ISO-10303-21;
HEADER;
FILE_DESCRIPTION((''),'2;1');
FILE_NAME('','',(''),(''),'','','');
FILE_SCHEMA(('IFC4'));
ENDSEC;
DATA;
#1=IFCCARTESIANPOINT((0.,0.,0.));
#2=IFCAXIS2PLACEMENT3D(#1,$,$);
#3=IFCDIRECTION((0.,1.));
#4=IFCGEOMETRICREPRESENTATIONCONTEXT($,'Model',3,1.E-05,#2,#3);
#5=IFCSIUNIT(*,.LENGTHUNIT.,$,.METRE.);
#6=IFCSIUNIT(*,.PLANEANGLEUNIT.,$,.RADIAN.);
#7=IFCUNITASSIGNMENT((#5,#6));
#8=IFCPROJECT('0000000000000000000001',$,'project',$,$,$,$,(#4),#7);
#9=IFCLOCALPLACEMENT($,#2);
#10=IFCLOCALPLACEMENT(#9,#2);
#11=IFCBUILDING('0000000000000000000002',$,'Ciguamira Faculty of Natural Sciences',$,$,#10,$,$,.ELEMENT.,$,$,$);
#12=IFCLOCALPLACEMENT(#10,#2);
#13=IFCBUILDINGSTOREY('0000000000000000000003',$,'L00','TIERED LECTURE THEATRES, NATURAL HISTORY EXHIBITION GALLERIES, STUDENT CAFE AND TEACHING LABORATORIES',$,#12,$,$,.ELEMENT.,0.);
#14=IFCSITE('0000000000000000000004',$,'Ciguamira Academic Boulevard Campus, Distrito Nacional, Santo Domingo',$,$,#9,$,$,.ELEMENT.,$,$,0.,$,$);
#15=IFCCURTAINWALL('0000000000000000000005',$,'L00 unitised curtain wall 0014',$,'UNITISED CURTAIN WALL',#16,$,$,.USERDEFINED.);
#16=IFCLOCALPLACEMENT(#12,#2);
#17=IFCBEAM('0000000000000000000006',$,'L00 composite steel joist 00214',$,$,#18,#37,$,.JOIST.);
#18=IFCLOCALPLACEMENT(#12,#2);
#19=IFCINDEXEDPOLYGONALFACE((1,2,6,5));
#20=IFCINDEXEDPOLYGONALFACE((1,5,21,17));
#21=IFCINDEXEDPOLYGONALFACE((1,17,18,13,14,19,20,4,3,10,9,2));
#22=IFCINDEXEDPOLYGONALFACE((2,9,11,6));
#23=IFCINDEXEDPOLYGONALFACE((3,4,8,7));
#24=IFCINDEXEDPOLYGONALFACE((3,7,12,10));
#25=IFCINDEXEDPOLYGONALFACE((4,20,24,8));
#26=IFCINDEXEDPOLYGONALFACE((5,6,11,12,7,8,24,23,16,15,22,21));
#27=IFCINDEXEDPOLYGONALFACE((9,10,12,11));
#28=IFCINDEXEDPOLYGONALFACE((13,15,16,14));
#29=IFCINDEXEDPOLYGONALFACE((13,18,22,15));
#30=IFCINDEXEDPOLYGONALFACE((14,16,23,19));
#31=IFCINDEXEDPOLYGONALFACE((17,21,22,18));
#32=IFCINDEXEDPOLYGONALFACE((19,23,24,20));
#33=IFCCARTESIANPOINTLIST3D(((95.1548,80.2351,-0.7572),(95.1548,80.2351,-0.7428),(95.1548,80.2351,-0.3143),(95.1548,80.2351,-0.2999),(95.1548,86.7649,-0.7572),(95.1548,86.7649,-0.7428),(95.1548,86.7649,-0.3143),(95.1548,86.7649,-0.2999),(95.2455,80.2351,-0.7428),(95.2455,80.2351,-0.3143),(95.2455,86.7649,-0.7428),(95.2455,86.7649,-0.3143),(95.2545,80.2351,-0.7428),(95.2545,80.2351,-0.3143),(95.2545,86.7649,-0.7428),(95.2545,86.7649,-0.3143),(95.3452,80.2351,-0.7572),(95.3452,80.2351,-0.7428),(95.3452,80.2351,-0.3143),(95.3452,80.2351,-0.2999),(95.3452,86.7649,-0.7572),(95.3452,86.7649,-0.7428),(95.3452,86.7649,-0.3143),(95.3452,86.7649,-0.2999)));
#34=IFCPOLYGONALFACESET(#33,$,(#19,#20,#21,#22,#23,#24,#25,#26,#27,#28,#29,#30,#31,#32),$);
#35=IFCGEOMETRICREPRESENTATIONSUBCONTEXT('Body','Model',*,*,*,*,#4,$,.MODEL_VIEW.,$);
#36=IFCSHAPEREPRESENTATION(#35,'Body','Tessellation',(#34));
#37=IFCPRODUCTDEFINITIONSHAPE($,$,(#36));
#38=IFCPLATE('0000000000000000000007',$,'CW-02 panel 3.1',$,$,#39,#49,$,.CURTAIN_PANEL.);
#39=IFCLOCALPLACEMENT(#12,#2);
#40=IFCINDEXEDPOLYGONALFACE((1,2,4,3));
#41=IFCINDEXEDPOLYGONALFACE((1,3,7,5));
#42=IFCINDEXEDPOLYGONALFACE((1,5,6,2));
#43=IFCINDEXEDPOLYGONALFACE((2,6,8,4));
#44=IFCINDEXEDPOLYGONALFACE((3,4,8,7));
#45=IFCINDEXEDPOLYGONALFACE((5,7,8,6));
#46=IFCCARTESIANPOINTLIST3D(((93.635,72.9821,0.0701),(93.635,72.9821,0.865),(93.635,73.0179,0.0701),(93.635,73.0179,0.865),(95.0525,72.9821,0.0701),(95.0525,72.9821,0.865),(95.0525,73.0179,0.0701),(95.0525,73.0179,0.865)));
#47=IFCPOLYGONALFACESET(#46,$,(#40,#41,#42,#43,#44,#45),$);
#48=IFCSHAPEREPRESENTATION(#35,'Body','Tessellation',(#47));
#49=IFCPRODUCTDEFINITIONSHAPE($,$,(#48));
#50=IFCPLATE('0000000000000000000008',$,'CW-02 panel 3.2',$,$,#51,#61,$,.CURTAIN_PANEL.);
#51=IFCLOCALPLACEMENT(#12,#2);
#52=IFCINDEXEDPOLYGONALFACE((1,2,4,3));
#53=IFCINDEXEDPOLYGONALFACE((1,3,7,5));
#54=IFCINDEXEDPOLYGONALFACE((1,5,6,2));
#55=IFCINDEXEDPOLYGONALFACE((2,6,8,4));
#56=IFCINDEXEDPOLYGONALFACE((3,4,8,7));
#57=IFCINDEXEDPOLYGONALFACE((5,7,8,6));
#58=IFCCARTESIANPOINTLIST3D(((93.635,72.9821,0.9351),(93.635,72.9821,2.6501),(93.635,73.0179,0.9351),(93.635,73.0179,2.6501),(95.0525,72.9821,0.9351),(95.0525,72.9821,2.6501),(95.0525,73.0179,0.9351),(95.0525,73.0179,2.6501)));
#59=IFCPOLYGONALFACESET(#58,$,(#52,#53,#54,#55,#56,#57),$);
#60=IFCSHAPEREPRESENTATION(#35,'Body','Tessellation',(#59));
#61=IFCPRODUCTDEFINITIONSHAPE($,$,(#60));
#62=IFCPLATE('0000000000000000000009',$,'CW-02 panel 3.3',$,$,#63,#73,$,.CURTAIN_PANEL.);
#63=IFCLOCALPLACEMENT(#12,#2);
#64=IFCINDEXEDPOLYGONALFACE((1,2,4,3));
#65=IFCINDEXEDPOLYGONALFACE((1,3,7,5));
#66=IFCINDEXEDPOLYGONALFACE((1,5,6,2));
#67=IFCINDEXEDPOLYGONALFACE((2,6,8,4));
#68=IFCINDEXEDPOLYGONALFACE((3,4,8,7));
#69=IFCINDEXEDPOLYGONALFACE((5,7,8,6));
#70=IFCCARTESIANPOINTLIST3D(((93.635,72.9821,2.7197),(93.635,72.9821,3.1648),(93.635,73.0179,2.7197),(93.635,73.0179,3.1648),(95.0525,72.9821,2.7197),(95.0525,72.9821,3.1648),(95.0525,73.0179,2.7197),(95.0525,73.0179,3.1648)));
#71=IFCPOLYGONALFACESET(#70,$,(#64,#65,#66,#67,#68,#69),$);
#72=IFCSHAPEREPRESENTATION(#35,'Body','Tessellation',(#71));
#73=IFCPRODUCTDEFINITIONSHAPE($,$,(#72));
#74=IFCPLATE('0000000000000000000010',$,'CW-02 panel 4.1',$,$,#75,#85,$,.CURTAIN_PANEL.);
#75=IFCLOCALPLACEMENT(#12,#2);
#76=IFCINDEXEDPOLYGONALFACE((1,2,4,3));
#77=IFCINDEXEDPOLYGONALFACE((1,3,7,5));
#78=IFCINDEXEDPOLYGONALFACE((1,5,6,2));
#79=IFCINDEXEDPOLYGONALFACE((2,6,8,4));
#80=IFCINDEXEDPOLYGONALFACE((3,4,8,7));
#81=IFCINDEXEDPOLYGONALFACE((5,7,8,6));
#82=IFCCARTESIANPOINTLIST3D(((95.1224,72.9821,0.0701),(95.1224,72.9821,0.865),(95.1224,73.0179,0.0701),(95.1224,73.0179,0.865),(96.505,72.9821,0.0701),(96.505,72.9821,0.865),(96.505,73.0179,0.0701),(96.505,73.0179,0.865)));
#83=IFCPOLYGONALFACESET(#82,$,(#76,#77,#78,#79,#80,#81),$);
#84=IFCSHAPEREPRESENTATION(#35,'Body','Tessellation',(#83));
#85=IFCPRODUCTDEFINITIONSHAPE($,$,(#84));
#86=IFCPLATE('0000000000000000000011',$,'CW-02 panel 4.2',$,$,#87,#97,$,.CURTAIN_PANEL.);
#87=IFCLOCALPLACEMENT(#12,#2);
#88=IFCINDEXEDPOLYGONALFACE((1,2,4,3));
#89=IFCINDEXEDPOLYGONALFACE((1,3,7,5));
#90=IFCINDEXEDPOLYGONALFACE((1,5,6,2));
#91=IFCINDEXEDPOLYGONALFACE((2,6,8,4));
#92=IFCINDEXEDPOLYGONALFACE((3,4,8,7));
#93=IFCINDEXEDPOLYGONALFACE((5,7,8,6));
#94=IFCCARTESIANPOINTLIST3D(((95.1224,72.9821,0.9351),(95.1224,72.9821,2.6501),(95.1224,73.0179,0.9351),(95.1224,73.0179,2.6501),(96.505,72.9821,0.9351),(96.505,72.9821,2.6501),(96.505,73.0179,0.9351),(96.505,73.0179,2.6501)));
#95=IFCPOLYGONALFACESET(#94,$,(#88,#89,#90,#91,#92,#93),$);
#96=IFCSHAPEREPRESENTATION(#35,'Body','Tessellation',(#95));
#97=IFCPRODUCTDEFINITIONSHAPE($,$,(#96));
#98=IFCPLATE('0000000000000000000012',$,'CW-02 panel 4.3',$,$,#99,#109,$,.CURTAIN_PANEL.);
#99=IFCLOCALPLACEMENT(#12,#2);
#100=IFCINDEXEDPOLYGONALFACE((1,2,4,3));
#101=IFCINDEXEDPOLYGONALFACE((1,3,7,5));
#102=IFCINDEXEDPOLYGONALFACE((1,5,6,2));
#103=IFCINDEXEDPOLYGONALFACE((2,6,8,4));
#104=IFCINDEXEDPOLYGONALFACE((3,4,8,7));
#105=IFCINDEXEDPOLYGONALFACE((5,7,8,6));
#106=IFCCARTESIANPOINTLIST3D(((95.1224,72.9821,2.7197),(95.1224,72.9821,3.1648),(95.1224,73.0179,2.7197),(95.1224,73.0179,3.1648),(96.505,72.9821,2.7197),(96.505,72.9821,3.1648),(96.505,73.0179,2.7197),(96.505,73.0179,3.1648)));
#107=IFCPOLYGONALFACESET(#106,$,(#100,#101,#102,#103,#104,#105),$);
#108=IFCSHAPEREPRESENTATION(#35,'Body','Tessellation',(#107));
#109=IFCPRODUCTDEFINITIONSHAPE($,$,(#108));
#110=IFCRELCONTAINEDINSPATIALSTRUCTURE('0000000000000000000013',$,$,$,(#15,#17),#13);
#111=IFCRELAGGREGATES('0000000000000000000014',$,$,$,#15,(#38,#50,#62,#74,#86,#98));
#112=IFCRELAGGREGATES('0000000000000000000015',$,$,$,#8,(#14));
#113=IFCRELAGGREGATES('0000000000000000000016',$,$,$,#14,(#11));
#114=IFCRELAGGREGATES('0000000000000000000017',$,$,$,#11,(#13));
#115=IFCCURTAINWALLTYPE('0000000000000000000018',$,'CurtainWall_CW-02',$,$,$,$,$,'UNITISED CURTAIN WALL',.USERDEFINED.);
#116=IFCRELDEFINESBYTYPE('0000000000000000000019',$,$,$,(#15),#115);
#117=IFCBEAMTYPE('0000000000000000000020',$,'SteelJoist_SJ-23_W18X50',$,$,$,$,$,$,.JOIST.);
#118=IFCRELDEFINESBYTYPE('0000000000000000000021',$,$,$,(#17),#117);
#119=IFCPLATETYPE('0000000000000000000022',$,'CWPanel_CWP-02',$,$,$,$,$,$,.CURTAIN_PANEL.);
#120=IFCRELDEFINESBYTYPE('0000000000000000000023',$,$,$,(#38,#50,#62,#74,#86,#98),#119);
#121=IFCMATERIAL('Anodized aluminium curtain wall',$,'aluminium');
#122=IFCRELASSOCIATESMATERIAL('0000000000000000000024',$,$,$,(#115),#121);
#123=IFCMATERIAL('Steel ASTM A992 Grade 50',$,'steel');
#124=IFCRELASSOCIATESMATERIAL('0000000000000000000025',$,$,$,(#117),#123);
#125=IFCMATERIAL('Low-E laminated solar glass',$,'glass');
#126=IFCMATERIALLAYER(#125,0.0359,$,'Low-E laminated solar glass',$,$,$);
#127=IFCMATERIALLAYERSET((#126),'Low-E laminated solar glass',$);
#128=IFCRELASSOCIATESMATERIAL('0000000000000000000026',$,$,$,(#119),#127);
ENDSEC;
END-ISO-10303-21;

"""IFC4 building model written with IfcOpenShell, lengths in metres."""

from ifc_helpers import new_model, si_unit, direction, frame, origin, origin_2d, place, context, subcontext, project, spatial, rectangle, i_section, extrude, material, layer, layer_set, material_profile, profile_set, type_object, element, aggregate, save


model = new_model("IFC4")

# Units and contexts
model_context = context("Model", 3, precision=1e-05, world=origin(), true_north=direction((0.0, 1.0)))
body_context = subcontext(model_context, "Body", "Model", "MODEL_VIEW")
ifc_project = project(units=[si_unit("LENGTHUNIT", "METRE"), si_unit("PLANEANGLEUNIT", "RADIAN")], contexts=[model_context])

# Site, building, storey
site_placement = place(None, origin())
site = spatial("IfcSite", under=ifc_project, at=site_placement, Name="Ciguamira Academic Boulevard Campus, Distrito Nacional, Santo Domingo", CompositionType="ELEMENT", RefElevation=0.0)
building_placement = place(site_placement, origin())
building = spatial("IfcBuilding", under=site, at=building_placement, Name="Ciguamira Faculty of Natural Sciences", CompositionType="ELEMENT")
storey_placement = place(building_placement, origin())
storey = spatial("IfcBuildingStorey", under=building, at=storey_placement, Name="L00", Description="TIERED LECTURE THEATRES, NATURAL HISTORY EXHIBITION GALLERIES, STUDENT CAFE AND TEACHING LABORATORIES", CompositionType="ELEMENT", Elevation=0.0)

# Curtain wall
ifc_material_1 = material(Name="Anodized aluminium curtain wall", Category="aluminium")
curtain_wall_type = type_object("IfcCurtainWallType", Name="CurtainWall_CW-02", ElementType="UNITISED CURTAIN WALL", PredefinedType="USERDEFINED", material=ifc_material_1)
curtain_wall_placement = place(storey_placement, origin())
curtain_wall = element("IfcCurtainWall", 1, at=curtain_wall_placement, inside=storey, type_object=curtain_wall_type, Name="L00 unitised curtain wall 0014", ObjectType="UNITISED CURTAIN WALL", PredefinedType="USERDEFINED")

# Beam
ifc_material_2 = material(Name="Steel ASTM A992 Grade 50", Category="steel")
ifc_material_profile_1 = material_profile(ifc_material_2, i_section(OverallWidth=0.1904, OverallDepth=0.4573, WebThickness=0.009, FlangeThickness=0.0144, at=origin_2d()), Name="W18X50")
ifc_profile_set_1 = profile_set([ifc_material_profile_1], Name="Steel ASTM A992 Grade 50")
beam_type_1 = type_object("IfcBeamType", Name="SteelJoist_SJ-23_W18X50", PredefinedType="JOIST", material=ifc_profile_set_1)
beam_1_placement = place(storey_placement, frame((95.25, 80.2351, -0.5286), z_axis=(0.0, 1.0, 0.0), x_axis=(-1.0, 0.0, 0.0)))
element("IfcBeam", 2, at=beam_1_placement, inside=storey, type_object=beam_type_1, Name="L00 composite steel joist 00214", PredefinedType="JOIST", context=body_context, shape_type="SweptSolid", body=[
    extrude(i_section(OverallWidth=0.1904, OverallDepth=0.4573, WebThickness=0.009, FlangeThickness=0.0144, at=origin_2d()), origin(), (0.0, 0.0, 1.0), 6.5298),
])

# Plates
ifc_material_3 = material(Name="Low-E laminated solar glass", Category="glass")
ifc_layer = layer(ifc_material_3, 0.0359, Name="Low-E laminated solar glass")
ifc_layer_set = layer_set([ifc_layer], Name="Low-E laminated solar glass")
plate_type = type_object("IfcPlateType", Name="CWPanel_CWP-02", PredefinedType="CURTAIN_PANEL", material=ifc_layer_set)
plate_1_placement = place(storey_placement, frame((94.3438, 73.0, 0.0701), z_axis=(0.0, 0.0, 1.0), x_axis=(1.0, 0.0, 0.0)))
plate_1 = element("IfcPlate", 3, at=plate_1_placement, type_object=plate_type, Name="CW-02 panel 3.1", PredefinedType="CURTAIN_PANEL", context=body_context, shape_type="SweptSolid", body=[
    extrude(rectangle(XDim=1.4175, YDim=0.0359, at=origin_2d()), origin(), (0.0, 0.0, 1.0), 0.7949),
])
plate_2_placement = place(storey_placement, frame((94.3438, 73.0, 0.9351), z_axis=(0.0, 0.0, 1.0), x_axis=(1.0, 0.0, 0.0)))
plate_2 = element("IfcPlate", 4, at=plate_2_placement, type_object=plate_type, Name="CW-02 panel 3.2", PredefinedType="CURTAIN_PANEL", context=body_context, shape_type="SweptSolid", body=[
    extrude(rectangle(XDim=1.4175, YDim=0.0359, at=origin_2d()), origin(), (0.0, 0.0, 1.0), 1.7151),
])
plate_3_placement = place(storey_placement, frame((94.3438, 73.0, 2.7197), z_axis=(0.0, 0.0, 1.0), x_axis=(1.0, 0.0, 0.0)))
plate_3 = element("IfcPlate", 5, at=plate_3_placement, type_object=plate_type, Name="CW-02 panel 3.3", PredefinedType="CURTAIN_PANEL", context=body_context, shape_type="SweptSolid", body=[
    extrude(rectangle(XDim=1.4175, YDim=0.0359, at=origin_2d()), origin(), (0.0, 0.0, 1.0), 0.4451),
])
plate_4_placement = place(storey_placement, frame((95.8137, 73.0, 0.0701), z_axis=(0.0, 0.0, 1.0), x_axis=(1.0, 0.0, 0.0)))
plate_4 = element("IfcPlate", 6, at=plate_4_placement, type_object=plate_type, Name="CW-02 panel 4.1", PredefinedType="CURTAIN_PANEL", context=body_context, shape_type="SweptSolid", body=[
    extrude(rectangle(XDim=1.3826, YDim=0.0359, at=origin_2d()), origin(), (0.0, 0.0, 1.0), 0.7949),
])
plate_5_placement = place(storey_placement, frame((95.8137, 73.0, 0.9351), z_axis=(0.0, 0.0, 1.0), x_axis=(1.0, 0.0, 0.0)))
plate_5 = element("IfcPlate", 7, at=plate_5_placement, type_object=plate_type, Name="CW-02 panel 4.2", PredefinedType="CURTAIN_PANEL", context=body_context, shape_type="SweptSolid", body=[
    extrude(rectangle(XDim=1.3826, YDim=0.0359, at=origin_2d()), origin(), (0.0, 0.0, 1.0), 1.7151),
])
plate_6_placement = place(storey_placement, frame((95.8137, 73.0, 2.7197), z_axis=(0.0, 0.0, 1.0), x_axis=(1.0, 0.0, 0.0)))
plate_6 = element("IfcPlate", 8, at=plate_6_placement, type_object=plate_type, Name="CW-02 panel 4.3", PredefinedType="CURTAIN_PANEL", context=body_context, shape_type="SweptSolid", body=[
    extrude(rectangle(XDim=1.3826, YDim=0.0359, at=origin_2d()), origin(), (0.0, 0.0, 1.0), 0.4451),
])
aggregate(curtain_wall, [plate_1, plate_2, plate_3, plate_4, plate_5, plate_6])

save(model, "model.ifc")
